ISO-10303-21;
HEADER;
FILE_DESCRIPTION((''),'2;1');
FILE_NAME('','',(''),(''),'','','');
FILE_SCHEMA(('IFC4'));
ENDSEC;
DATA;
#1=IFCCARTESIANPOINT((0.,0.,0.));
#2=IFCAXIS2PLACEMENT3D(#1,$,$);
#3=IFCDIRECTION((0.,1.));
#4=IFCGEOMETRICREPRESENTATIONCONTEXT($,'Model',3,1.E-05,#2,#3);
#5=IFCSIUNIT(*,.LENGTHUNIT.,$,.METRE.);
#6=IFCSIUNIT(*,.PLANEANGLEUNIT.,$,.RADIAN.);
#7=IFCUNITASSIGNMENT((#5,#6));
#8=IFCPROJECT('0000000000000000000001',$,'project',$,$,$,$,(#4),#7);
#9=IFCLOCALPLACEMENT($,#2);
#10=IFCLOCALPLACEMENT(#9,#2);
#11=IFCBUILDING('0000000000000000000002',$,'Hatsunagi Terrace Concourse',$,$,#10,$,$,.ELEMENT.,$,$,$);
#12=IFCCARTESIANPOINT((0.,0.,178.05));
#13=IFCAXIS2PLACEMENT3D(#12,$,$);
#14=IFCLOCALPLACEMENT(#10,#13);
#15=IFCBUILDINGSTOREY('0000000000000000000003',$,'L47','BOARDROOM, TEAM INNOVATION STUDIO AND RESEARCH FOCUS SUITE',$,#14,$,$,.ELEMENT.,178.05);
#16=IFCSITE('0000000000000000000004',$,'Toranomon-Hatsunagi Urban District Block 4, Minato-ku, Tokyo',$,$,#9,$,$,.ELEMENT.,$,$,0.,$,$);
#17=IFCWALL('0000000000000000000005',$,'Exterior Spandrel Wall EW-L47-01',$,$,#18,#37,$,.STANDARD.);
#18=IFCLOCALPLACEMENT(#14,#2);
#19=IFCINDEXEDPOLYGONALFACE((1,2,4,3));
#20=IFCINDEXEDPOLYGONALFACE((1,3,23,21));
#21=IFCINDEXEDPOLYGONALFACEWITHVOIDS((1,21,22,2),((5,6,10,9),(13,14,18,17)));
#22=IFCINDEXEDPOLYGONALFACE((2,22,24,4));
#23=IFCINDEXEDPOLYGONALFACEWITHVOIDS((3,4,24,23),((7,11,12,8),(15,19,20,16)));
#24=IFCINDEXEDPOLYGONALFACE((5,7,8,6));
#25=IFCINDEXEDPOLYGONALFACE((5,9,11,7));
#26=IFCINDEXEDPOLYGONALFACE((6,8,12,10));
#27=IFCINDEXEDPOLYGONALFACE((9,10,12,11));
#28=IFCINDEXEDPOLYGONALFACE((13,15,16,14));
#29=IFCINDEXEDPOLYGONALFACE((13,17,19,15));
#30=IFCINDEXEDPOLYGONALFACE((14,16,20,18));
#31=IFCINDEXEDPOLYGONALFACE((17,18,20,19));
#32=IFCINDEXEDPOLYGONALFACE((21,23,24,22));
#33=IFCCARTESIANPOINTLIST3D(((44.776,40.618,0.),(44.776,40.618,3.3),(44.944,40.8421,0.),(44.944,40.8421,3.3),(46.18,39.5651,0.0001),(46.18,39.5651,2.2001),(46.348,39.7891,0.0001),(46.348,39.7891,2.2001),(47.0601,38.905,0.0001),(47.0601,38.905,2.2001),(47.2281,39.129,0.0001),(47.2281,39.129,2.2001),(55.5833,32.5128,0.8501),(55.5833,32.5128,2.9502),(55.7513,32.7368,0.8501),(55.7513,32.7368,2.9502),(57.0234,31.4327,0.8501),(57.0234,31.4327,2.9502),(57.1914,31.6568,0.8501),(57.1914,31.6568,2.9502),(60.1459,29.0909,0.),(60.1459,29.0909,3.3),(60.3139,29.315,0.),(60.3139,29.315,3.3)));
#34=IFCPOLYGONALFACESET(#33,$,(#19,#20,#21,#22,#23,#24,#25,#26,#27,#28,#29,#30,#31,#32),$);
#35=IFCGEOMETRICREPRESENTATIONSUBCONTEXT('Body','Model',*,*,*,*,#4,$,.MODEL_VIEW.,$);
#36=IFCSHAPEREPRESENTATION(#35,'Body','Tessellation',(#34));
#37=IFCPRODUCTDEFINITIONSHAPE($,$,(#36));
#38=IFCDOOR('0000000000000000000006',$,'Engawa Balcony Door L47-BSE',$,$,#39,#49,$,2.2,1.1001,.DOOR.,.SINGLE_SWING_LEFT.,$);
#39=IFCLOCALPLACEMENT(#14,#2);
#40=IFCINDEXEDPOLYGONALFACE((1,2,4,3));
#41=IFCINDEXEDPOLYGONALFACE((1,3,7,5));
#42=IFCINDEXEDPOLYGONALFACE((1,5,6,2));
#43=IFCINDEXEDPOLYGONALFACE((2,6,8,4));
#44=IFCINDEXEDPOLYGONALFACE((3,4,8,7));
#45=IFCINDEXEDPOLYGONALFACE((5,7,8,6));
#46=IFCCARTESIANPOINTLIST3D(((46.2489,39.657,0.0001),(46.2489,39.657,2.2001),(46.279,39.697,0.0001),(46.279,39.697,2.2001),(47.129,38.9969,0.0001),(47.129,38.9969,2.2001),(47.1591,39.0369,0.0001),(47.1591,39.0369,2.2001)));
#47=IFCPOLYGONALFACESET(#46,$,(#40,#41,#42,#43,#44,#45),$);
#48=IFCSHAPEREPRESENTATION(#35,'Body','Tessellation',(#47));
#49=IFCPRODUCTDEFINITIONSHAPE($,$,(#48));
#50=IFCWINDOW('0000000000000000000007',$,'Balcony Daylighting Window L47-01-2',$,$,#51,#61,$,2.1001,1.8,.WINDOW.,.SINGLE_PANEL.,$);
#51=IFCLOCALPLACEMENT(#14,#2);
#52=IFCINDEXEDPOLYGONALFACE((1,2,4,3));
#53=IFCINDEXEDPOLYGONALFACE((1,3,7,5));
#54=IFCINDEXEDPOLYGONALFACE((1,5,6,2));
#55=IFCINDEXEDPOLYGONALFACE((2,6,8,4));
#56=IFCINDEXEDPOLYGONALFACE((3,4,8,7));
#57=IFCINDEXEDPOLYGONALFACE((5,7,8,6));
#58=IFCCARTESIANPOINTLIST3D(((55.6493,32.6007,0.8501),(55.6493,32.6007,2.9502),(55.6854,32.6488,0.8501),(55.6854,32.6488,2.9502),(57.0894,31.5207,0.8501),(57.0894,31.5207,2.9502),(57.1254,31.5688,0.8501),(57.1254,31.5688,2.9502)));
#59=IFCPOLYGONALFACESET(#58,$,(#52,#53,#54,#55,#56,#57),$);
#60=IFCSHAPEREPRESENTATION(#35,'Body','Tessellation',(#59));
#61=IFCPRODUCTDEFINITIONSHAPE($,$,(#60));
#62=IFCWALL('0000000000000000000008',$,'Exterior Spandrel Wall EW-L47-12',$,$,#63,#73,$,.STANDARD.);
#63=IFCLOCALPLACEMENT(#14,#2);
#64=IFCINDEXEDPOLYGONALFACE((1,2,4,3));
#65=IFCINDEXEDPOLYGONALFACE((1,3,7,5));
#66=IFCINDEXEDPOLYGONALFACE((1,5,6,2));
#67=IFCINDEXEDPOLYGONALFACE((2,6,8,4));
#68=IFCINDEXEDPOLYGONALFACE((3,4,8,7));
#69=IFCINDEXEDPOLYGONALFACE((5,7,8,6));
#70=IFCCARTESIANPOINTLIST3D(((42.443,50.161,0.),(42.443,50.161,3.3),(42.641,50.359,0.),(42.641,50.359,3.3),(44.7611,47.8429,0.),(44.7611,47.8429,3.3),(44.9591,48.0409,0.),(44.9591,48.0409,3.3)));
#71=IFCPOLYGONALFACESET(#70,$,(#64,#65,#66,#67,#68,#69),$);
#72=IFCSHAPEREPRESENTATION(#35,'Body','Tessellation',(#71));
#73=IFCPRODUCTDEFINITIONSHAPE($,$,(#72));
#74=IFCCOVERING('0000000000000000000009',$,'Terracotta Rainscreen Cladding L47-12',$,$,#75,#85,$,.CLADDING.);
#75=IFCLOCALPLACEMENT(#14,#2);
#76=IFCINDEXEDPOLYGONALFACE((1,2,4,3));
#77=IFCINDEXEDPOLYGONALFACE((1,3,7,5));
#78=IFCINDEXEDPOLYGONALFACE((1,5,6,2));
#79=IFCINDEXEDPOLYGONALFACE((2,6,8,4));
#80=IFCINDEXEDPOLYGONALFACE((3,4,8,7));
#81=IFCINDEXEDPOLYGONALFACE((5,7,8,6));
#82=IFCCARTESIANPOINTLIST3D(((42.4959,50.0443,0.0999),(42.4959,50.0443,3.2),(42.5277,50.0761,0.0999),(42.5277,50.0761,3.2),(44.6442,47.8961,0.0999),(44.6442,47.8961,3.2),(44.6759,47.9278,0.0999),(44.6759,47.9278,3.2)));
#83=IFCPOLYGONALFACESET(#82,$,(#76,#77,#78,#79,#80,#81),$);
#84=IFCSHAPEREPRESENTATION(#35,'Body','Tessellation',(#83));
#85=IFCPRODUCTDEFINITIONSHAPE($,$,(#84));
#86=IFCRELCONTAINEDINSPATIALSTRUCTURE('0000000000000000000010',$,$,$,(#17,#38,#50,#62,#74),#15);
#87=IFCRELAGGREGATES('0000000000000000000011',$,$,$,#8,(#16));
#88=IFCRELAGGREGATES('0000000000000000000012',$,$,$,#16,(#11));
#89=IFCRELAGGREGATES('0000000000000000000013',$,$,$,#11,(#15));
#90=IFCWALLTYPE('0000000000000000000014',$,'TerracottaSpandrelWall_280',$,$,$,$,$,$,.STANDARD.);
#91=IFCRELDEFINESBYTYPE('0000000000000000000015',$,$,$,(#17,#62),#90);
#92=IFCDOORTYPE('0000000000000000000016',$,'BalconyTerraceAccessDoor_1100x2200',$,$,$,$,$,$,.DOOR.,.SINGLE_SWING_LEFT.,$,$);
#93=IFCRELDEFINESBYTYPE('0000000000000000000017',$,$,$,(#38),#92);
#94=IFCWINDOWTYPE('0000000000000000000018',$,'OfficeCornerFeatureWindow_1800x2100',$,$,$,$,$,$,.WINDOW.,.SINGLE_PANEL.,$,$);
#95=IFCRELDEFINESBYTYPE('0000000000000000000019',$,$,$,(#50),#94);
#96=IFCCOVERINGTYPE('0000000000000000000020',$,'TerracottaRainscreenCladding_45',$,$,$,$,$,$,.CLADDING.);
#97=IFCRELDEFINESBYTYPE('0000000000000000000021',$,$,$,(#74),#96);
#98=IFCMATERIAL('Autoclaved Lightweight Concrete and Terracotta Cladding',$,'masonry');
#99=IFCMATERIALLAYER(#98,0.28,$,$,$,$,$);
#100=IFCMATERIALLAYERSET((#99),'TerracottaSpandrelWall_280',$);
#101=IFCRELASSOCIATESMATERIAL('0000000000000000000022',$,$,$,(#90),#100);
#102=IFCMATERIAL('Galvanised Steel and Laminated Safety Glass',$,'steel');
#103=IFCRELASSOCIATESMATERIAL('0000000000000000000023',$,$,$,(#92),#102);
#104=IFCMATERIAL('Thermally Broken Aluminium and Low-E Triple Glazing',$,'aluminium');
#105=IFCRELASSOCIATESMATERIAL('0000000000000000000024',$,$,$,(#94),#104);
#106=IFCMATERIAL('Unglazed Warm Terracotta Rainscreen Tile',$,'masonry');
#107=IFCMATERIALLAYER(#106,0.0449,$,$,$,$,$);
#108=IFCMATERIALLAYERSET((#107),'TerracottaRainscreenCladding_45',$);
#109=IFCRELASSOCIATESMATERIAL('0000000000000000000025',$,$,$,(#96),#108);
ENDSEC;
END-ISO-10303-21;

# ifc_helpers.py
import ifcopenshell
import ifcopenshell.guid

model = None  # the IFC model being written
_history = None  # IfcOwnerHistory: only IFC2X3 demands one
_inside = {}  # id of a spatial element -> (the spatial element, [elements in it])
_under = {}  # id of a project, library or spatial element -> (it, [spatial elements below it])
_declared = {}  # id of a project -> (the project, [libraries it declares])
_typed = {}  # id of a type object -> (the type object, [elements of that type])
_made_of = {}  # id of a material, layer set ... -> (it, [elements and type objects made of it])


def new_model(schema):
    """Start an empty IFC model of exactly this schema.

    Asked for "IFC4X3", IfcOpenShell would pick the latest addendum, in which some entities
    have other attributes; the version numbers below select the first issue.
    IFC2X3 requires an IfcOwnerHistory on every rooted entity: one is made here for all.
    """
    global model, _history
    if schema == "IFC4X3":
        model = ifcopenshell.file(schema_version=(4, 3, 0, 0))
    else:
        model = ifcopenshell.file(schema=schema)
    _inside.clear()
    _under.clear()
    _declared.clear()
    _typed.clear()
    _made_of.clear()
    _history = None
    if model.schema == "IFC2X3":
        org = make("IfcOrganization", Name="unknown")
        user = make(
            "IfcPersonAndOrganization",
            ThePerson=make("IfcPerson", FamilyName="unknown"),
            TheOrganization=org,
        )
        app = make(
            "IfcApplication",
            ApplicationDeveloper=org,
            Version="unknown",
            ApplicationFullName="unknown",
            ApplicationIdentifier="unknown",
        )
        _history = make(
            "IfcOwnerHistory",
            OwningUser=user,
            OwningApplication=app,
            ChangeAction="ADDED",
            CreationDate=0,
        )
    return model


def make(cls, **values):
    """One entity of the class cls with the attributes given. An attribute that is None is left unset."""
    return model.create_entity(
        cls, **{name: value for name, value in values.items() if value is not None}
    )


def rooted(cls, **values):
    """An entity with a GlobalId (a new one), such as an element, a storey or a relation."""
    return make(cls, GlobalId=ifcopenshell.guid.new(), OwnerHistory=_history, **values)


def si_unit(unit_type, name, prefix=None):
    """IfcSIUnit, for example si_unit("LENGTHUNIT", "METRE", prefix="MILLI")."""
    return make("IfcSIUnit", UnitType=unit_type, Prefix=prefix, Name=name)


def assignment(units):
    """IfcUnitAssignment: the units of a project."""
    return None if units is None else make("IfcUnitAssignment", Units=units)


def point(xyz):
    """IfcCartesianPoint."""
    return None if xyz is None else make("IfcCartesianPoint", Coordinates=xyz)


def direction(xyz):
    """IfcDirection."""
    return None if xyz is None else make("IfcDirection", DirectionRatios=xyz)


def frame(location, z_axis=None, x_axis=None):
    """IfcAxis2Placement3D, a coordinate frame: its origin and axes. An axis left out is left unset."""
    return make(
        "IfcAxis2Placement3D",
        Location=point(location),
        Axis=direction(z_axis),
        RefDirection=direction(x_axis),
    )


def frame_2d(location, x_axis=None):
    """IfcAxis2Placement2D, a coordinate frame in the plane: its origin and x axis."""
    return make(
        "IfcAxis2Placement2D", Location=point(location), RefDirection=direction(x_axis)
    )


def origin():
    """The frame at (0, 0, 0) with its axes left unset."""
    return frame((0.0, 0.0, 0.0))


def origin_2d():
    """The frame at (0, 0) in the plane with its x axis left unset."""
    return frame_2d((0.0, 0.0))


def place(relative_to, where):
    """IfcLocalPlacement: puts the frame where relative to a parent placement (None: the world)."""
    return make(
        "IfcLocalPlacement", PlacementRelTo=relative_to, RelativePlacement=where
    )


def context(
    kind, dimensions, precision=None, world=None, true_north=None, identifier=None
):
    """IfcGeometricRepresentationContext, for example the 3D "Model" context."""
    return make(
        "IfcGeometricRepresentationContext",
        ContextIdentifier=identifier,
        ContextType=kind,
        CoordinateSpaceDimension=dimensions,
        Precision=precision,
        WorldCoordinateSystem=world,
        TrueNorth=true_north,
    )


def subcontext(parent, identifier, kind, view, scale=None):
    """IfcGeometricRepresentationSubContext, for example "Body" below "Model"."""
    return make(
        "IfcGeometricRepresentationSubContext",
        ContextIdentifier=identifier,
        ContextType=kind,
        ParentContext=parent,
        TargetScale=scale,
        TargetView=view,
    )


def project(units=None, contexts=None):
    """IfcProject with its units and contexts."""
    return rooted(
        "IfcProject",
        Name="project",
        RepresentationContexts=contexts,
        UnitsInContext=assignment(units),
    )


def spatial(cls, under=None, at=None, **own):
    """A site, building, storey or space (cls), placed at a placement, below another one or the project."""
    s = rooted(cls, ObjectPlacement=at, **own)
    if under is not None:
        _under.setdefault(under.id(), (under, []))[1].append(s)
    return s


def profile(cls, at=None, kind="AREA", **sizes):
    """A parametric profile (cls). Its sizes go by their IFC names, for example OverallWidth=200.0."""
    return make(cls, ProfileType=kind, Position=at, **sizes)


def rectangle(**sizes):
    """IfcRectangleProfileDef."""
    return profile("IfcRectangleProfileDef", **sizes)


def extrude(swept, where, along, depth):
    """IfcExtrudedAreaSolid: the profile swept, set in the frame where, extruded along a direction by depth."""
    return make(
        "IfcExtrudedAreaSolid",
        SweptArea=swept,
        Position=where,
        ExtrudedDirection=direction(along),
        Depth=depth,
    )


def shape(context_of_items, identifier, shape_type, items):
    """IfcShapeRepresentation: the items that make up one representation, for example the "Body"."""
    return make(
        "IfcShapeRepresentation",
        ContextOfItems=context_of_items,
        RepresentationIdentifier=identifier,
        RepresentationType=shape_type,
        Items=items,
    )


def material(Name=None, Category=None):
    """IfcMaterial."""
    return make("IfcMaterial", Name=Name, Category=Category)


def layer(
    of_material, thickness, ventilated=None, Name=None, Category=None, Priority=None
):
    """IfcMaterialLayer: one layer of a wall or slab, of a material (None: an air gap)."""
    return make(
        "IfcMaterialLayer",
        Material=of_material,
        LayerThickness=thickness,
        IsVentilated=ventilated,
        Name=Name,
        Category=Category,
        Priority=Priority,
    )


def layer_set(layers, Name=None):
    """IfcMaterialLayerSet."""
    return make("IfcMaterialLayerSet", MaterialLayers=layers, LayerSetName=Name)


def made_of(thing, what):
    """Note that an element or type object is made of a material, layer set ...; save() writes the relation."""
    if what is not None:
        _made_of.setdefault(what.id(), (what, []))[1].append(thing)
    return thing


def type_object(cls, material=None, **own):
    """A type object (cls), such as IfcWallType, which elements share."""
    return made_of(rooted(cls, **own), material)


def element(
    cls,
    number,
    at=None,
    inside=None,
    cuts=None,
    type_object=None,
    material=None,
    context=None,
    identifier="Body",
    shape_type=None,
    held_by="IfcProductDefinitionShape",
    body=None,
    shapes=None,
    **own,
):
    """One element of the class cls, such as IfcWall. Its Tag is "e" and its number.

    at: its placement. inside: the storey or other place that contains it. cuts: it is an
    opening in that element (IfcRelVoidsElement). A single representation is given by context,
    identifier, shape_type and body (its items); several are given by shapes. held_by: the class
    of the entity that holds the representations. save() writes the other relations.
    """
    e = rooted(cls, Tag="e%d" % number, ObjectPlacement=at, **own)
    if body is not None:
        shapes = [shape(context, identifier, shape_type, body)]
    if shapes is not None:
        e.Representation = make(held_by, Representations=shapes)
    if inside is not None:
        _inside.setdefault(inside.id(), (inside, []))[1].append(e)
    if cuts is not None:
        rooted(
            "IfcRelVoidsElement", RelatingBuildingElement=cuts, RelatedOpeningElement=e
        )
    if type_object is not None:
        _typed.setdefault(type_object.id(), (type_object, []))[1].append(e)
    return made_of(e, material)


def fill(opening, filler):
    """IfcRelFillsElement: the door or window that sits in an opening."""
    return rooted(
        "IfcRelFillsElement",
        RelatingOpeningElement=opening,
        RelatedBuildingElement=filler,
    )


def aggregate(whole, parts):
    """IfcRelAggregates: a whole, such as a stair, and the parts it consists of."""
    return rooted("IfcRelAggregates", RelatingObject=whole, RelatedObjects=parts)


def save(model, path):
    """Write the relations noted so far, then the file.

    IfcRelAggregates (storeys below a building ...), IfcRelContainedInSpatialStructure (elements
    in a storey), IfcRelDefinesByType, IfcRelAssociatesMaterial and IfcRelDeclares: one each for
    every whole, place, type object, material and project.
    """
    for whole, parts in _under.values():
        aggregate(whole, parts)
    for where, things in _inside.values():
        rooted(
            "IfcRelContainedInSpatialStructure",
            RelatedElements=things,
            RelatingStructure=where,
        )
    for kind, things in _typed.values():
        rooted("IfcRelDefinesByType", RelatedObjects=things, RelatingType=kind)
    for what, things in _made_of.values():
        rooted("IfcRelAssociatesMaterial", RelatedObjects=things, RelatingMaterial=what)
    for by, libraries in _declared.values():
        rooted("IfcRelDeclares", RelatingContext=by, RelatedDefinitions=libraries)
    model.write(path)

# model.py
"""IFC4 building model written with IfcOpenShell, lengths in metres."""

from ifc_helpers import new_model, si_unit, direction, frame, frame_2d, origin, origin_2d, place, context, subcontext, project, spatial, rectangle, extrude, material, layer, layer_set, type_object, element, fill, save


model = new_model("IFC4")

# Units and contexts
model_context = context("Model", 3, precision=1e-05, world=origin(), true_north=direction((0.0, 1.0)))
body_context = subcontext(model_context, "Body", "Model", "MODEL_VIEW")
ifc_project = project(units=[si_unit("LENGTHUNIT", "METRE"), si_unit("PLANEANGLEUNIT", "RADIAN")], contexts=[model_context])

# Site, building, storey
site_placement = place(None, origin())
site = spatial("IfcSite", under=ifc_project, at=site_placement, Name="Toranomon-Hatsunagi Urban District Block 4, Minato-ku, Tokyo", CompositionType="ELEMENT", RefElevation=0.0)
building_placement = place(site_placement, origin())
building = spatial("IfcBuilding", under=site, at=building_placement, Name="Hatsunagi Terrace Concourse", CompositionType="ELEMENT")
storey_placement = place(building_placement, frame((0.0, 0.0, 178.05)))
storey = spatial("IfcBuildingStorey", under=building, at=storey_placement, Name="L47", Description="BOARDROOM, TEAM INNOVATION STUDIO AND RESEARCH FOCUS SUITE", CompositionType="ELEMENT", Elevation=178.05)

# Wall, openings, door, window
ifc_material_1 = material(Name="Autoclaved Lightweight Concrete and Terracotta Cladding", Category="masonry")
ifc_layer_1 = layer(ifc_material_1, 0.28)
ifc_layer_set_1 = layer_set([ifc_layer_1], Name="TerracottaSpandrelWall_280")
wall_type_1 = type_object("IfcWallType", Name="TerracottaSpandrelWall_280", PredefinedType="STANDARD", material=ifc_layer_set_1)
wall_1_placement = place(storey_placement, frame((44.8601, 40.73, 0.0), z_axis=(0.0, 0.0, 1.0), x_axis=(0.800008, -0.59999, 0.0)))
wall_1 = element("IfcWall", 1, at=wall_1_placement, inside=storey, type_object=wall_type_1, Name="Exterior Spandrel Wall EW-L47-01", PredefinedType="STANDARD", context=body_context, shape_type="SweptSolid", body=[
    extrude(rectangle(XDim=19.2122, YDim=0.28, at=frame_2d((9.606, 0.0))), origin(), (0.0, 0.0, 1.0), 3.3),
])
opening_1_placement = place(wall_1_placement, frame((1.7549, 0.0, 0.0)))
opening_1 = element("IfcOpeningElement", 2, at=opening_1_placement, cuts=wall_1, PredefinedType="OPENING", context=body_context, shape_type="SweptSolid", body=[
    extrude(rectangle(XDim=1.1001, YDim=2.2, at=frame_2d((0.55, 1.1001))), frame((0.0, 0.1499, 0.0), z_axis=(0.0, -1.0, 0.0), x_axis=(1.0, 0.0, 0.0)), (0.0, 0.0, 1.0), 0.3),
])
opening_2_placement = place(wall_1_placement, frame((13.509, 0.0, 0.8501)))
opening_2 = element("IfcOpeningElement", 3, at=opening_2_placement, cuts=wall_1, PredefinedType="OPENING", context=body_context, shape_type="SweptSolid", body=[
    extrude(rectangle(XDim=1.8, YDim=2.1001, at=frame_2d((0.8999, 1.05))), frame((0.0, 0.1499, 0.0), z_axis=(0.0, -1.0, 0.0), x_axis=(1.0, 0.0, 0.0)), (0.0, 0.0, 1.0), 0.3),
])
ifc_material_2 = material(Name="Galvanised Steel and Laminated Safety Glass", Category="steel")
door_type = type_object("IfcDoorType", Name="BalconyTerraceAccessDoor_1100x2200", OperationType="SINGLE_SWING_LEFT", PredefinedType="DOOR", material=ifc_material_2)
door_placement = place(opening_1_placement, origin())
door = element("IfcDoor", 4, at=door_placement, inside=storey, type_object=door_type, Name="Engawa Balcony Door L47-BSE", OperationType="SINGLE_SWING_LEFT", OverallHeight=2.2, OverallWidth=1.1001, PredefinedType="DOOR", context=body_context, shape_type="SweptSolid", body=[
    extrude(rectangle(XDim=1.1001, YDim=2.2, at=frame_2d((0.55, 1.1001))), frame((0.0, 0.0249, 0.0), z_axis=(0.0, -1.0, 0.0), x_axis=(1.0, 0.0, 0.0)), (0.0, 0.0, 1.0), 0.05),
])
fill(opening_1, door)
ifc_material_3 = material(Name="Thermally Broken Aluminium and Low-E Triple Glazing", Category="aluminium")
window_type = type_object("IfcWindowType", Name="OfficeCornerFeatureWindow_1800x2100", PartitioningType="SINGLE_PANEL", PredefinedType="WINDOW", material=ifc_material_3)
window_placement = place(opening_2_placement, origin())
window = element("IfcWindow", 5, at=window_placement, inside=storey, type_object=window_type, Name="Balcony Daylighting Window L47-01-2", OverallHeight=2.1001, OverallWidth=1.8, PartitioningType="SINGLE_PANEL", PredefinedType="WINDOW", context=body_context, shape_type="SweptSolid", body=[
    extrude(rectangle(XDim=1.8, YDim=2.1001, at=frame_2d((0.8999, 1.05))), frame((0.0, 0.03, 0.0), z_axis=(0.0, -1.0, 0.0), x_axis=(1.0, 0.0, 0.0)), (0.0, 0.0, 1.0), 0.0601),
])
fill(opening_2, window)

# Wall
wall_2_placement = place(storey_placement, frame((42.542, 50.26, 0.0), z_axis=(0.0, 0.0, 1.0), x_axis=(0.707107, -0.707107, 0.0)))
element("IfcWall", 6, at=wall_2_placement, inside=storey, type_object=wall_type_1, Name="Exterior Spandrel Wall EW-L47-12", PredefinedType="STANDARD", context=body_context, shape_type="SweptSolid", body=[
    extrude(rectangle(XDim=3.2783, YDim=0.28, at=frame_2d((1.6392, 0.0))), origin(), (0.0, 0.0, 1.0), 3.3),
])

# Covering
ifc_material_4 = material(Name="Unglazed Warm Terracotta Rainscreen Tile", Category="masonry")
ifc_layer_2 = layer(ifc_material_4, 0.0449)
ifc_layer_set_2 = layer_set([ifc_layer_2], Name="TerracottaRainscreenCladding_45")
covering_type = type_object("IfcCoveringType", Name="TerracottaRainscreenCladding_45", PredefinedType="CLADDING", material=ifc_layer_set_2)
covering_placement = place(storey_placement, frame((43.5859, 48.9861, 0.0999), z_axis=(0.0, 0.0, 1.0), x_axis=(0.707107, -0.707107, 0.0)))
element("IfcCovering", 7, at=covering_placement, inside=storey, type_object=covering_type, Name="Terracotta Rainscreen Cladding L47-12", PredefinedType="CLADDING", context=body_context, shape_type="SweptSolid", body=[
    extrude(rectangle(XDim=3.0381, YDim=0.0449, at=origin_2d()), origin(), (0.0, 0.0, 1.0), 3.1001),
])

save(model, "model.ifc")
